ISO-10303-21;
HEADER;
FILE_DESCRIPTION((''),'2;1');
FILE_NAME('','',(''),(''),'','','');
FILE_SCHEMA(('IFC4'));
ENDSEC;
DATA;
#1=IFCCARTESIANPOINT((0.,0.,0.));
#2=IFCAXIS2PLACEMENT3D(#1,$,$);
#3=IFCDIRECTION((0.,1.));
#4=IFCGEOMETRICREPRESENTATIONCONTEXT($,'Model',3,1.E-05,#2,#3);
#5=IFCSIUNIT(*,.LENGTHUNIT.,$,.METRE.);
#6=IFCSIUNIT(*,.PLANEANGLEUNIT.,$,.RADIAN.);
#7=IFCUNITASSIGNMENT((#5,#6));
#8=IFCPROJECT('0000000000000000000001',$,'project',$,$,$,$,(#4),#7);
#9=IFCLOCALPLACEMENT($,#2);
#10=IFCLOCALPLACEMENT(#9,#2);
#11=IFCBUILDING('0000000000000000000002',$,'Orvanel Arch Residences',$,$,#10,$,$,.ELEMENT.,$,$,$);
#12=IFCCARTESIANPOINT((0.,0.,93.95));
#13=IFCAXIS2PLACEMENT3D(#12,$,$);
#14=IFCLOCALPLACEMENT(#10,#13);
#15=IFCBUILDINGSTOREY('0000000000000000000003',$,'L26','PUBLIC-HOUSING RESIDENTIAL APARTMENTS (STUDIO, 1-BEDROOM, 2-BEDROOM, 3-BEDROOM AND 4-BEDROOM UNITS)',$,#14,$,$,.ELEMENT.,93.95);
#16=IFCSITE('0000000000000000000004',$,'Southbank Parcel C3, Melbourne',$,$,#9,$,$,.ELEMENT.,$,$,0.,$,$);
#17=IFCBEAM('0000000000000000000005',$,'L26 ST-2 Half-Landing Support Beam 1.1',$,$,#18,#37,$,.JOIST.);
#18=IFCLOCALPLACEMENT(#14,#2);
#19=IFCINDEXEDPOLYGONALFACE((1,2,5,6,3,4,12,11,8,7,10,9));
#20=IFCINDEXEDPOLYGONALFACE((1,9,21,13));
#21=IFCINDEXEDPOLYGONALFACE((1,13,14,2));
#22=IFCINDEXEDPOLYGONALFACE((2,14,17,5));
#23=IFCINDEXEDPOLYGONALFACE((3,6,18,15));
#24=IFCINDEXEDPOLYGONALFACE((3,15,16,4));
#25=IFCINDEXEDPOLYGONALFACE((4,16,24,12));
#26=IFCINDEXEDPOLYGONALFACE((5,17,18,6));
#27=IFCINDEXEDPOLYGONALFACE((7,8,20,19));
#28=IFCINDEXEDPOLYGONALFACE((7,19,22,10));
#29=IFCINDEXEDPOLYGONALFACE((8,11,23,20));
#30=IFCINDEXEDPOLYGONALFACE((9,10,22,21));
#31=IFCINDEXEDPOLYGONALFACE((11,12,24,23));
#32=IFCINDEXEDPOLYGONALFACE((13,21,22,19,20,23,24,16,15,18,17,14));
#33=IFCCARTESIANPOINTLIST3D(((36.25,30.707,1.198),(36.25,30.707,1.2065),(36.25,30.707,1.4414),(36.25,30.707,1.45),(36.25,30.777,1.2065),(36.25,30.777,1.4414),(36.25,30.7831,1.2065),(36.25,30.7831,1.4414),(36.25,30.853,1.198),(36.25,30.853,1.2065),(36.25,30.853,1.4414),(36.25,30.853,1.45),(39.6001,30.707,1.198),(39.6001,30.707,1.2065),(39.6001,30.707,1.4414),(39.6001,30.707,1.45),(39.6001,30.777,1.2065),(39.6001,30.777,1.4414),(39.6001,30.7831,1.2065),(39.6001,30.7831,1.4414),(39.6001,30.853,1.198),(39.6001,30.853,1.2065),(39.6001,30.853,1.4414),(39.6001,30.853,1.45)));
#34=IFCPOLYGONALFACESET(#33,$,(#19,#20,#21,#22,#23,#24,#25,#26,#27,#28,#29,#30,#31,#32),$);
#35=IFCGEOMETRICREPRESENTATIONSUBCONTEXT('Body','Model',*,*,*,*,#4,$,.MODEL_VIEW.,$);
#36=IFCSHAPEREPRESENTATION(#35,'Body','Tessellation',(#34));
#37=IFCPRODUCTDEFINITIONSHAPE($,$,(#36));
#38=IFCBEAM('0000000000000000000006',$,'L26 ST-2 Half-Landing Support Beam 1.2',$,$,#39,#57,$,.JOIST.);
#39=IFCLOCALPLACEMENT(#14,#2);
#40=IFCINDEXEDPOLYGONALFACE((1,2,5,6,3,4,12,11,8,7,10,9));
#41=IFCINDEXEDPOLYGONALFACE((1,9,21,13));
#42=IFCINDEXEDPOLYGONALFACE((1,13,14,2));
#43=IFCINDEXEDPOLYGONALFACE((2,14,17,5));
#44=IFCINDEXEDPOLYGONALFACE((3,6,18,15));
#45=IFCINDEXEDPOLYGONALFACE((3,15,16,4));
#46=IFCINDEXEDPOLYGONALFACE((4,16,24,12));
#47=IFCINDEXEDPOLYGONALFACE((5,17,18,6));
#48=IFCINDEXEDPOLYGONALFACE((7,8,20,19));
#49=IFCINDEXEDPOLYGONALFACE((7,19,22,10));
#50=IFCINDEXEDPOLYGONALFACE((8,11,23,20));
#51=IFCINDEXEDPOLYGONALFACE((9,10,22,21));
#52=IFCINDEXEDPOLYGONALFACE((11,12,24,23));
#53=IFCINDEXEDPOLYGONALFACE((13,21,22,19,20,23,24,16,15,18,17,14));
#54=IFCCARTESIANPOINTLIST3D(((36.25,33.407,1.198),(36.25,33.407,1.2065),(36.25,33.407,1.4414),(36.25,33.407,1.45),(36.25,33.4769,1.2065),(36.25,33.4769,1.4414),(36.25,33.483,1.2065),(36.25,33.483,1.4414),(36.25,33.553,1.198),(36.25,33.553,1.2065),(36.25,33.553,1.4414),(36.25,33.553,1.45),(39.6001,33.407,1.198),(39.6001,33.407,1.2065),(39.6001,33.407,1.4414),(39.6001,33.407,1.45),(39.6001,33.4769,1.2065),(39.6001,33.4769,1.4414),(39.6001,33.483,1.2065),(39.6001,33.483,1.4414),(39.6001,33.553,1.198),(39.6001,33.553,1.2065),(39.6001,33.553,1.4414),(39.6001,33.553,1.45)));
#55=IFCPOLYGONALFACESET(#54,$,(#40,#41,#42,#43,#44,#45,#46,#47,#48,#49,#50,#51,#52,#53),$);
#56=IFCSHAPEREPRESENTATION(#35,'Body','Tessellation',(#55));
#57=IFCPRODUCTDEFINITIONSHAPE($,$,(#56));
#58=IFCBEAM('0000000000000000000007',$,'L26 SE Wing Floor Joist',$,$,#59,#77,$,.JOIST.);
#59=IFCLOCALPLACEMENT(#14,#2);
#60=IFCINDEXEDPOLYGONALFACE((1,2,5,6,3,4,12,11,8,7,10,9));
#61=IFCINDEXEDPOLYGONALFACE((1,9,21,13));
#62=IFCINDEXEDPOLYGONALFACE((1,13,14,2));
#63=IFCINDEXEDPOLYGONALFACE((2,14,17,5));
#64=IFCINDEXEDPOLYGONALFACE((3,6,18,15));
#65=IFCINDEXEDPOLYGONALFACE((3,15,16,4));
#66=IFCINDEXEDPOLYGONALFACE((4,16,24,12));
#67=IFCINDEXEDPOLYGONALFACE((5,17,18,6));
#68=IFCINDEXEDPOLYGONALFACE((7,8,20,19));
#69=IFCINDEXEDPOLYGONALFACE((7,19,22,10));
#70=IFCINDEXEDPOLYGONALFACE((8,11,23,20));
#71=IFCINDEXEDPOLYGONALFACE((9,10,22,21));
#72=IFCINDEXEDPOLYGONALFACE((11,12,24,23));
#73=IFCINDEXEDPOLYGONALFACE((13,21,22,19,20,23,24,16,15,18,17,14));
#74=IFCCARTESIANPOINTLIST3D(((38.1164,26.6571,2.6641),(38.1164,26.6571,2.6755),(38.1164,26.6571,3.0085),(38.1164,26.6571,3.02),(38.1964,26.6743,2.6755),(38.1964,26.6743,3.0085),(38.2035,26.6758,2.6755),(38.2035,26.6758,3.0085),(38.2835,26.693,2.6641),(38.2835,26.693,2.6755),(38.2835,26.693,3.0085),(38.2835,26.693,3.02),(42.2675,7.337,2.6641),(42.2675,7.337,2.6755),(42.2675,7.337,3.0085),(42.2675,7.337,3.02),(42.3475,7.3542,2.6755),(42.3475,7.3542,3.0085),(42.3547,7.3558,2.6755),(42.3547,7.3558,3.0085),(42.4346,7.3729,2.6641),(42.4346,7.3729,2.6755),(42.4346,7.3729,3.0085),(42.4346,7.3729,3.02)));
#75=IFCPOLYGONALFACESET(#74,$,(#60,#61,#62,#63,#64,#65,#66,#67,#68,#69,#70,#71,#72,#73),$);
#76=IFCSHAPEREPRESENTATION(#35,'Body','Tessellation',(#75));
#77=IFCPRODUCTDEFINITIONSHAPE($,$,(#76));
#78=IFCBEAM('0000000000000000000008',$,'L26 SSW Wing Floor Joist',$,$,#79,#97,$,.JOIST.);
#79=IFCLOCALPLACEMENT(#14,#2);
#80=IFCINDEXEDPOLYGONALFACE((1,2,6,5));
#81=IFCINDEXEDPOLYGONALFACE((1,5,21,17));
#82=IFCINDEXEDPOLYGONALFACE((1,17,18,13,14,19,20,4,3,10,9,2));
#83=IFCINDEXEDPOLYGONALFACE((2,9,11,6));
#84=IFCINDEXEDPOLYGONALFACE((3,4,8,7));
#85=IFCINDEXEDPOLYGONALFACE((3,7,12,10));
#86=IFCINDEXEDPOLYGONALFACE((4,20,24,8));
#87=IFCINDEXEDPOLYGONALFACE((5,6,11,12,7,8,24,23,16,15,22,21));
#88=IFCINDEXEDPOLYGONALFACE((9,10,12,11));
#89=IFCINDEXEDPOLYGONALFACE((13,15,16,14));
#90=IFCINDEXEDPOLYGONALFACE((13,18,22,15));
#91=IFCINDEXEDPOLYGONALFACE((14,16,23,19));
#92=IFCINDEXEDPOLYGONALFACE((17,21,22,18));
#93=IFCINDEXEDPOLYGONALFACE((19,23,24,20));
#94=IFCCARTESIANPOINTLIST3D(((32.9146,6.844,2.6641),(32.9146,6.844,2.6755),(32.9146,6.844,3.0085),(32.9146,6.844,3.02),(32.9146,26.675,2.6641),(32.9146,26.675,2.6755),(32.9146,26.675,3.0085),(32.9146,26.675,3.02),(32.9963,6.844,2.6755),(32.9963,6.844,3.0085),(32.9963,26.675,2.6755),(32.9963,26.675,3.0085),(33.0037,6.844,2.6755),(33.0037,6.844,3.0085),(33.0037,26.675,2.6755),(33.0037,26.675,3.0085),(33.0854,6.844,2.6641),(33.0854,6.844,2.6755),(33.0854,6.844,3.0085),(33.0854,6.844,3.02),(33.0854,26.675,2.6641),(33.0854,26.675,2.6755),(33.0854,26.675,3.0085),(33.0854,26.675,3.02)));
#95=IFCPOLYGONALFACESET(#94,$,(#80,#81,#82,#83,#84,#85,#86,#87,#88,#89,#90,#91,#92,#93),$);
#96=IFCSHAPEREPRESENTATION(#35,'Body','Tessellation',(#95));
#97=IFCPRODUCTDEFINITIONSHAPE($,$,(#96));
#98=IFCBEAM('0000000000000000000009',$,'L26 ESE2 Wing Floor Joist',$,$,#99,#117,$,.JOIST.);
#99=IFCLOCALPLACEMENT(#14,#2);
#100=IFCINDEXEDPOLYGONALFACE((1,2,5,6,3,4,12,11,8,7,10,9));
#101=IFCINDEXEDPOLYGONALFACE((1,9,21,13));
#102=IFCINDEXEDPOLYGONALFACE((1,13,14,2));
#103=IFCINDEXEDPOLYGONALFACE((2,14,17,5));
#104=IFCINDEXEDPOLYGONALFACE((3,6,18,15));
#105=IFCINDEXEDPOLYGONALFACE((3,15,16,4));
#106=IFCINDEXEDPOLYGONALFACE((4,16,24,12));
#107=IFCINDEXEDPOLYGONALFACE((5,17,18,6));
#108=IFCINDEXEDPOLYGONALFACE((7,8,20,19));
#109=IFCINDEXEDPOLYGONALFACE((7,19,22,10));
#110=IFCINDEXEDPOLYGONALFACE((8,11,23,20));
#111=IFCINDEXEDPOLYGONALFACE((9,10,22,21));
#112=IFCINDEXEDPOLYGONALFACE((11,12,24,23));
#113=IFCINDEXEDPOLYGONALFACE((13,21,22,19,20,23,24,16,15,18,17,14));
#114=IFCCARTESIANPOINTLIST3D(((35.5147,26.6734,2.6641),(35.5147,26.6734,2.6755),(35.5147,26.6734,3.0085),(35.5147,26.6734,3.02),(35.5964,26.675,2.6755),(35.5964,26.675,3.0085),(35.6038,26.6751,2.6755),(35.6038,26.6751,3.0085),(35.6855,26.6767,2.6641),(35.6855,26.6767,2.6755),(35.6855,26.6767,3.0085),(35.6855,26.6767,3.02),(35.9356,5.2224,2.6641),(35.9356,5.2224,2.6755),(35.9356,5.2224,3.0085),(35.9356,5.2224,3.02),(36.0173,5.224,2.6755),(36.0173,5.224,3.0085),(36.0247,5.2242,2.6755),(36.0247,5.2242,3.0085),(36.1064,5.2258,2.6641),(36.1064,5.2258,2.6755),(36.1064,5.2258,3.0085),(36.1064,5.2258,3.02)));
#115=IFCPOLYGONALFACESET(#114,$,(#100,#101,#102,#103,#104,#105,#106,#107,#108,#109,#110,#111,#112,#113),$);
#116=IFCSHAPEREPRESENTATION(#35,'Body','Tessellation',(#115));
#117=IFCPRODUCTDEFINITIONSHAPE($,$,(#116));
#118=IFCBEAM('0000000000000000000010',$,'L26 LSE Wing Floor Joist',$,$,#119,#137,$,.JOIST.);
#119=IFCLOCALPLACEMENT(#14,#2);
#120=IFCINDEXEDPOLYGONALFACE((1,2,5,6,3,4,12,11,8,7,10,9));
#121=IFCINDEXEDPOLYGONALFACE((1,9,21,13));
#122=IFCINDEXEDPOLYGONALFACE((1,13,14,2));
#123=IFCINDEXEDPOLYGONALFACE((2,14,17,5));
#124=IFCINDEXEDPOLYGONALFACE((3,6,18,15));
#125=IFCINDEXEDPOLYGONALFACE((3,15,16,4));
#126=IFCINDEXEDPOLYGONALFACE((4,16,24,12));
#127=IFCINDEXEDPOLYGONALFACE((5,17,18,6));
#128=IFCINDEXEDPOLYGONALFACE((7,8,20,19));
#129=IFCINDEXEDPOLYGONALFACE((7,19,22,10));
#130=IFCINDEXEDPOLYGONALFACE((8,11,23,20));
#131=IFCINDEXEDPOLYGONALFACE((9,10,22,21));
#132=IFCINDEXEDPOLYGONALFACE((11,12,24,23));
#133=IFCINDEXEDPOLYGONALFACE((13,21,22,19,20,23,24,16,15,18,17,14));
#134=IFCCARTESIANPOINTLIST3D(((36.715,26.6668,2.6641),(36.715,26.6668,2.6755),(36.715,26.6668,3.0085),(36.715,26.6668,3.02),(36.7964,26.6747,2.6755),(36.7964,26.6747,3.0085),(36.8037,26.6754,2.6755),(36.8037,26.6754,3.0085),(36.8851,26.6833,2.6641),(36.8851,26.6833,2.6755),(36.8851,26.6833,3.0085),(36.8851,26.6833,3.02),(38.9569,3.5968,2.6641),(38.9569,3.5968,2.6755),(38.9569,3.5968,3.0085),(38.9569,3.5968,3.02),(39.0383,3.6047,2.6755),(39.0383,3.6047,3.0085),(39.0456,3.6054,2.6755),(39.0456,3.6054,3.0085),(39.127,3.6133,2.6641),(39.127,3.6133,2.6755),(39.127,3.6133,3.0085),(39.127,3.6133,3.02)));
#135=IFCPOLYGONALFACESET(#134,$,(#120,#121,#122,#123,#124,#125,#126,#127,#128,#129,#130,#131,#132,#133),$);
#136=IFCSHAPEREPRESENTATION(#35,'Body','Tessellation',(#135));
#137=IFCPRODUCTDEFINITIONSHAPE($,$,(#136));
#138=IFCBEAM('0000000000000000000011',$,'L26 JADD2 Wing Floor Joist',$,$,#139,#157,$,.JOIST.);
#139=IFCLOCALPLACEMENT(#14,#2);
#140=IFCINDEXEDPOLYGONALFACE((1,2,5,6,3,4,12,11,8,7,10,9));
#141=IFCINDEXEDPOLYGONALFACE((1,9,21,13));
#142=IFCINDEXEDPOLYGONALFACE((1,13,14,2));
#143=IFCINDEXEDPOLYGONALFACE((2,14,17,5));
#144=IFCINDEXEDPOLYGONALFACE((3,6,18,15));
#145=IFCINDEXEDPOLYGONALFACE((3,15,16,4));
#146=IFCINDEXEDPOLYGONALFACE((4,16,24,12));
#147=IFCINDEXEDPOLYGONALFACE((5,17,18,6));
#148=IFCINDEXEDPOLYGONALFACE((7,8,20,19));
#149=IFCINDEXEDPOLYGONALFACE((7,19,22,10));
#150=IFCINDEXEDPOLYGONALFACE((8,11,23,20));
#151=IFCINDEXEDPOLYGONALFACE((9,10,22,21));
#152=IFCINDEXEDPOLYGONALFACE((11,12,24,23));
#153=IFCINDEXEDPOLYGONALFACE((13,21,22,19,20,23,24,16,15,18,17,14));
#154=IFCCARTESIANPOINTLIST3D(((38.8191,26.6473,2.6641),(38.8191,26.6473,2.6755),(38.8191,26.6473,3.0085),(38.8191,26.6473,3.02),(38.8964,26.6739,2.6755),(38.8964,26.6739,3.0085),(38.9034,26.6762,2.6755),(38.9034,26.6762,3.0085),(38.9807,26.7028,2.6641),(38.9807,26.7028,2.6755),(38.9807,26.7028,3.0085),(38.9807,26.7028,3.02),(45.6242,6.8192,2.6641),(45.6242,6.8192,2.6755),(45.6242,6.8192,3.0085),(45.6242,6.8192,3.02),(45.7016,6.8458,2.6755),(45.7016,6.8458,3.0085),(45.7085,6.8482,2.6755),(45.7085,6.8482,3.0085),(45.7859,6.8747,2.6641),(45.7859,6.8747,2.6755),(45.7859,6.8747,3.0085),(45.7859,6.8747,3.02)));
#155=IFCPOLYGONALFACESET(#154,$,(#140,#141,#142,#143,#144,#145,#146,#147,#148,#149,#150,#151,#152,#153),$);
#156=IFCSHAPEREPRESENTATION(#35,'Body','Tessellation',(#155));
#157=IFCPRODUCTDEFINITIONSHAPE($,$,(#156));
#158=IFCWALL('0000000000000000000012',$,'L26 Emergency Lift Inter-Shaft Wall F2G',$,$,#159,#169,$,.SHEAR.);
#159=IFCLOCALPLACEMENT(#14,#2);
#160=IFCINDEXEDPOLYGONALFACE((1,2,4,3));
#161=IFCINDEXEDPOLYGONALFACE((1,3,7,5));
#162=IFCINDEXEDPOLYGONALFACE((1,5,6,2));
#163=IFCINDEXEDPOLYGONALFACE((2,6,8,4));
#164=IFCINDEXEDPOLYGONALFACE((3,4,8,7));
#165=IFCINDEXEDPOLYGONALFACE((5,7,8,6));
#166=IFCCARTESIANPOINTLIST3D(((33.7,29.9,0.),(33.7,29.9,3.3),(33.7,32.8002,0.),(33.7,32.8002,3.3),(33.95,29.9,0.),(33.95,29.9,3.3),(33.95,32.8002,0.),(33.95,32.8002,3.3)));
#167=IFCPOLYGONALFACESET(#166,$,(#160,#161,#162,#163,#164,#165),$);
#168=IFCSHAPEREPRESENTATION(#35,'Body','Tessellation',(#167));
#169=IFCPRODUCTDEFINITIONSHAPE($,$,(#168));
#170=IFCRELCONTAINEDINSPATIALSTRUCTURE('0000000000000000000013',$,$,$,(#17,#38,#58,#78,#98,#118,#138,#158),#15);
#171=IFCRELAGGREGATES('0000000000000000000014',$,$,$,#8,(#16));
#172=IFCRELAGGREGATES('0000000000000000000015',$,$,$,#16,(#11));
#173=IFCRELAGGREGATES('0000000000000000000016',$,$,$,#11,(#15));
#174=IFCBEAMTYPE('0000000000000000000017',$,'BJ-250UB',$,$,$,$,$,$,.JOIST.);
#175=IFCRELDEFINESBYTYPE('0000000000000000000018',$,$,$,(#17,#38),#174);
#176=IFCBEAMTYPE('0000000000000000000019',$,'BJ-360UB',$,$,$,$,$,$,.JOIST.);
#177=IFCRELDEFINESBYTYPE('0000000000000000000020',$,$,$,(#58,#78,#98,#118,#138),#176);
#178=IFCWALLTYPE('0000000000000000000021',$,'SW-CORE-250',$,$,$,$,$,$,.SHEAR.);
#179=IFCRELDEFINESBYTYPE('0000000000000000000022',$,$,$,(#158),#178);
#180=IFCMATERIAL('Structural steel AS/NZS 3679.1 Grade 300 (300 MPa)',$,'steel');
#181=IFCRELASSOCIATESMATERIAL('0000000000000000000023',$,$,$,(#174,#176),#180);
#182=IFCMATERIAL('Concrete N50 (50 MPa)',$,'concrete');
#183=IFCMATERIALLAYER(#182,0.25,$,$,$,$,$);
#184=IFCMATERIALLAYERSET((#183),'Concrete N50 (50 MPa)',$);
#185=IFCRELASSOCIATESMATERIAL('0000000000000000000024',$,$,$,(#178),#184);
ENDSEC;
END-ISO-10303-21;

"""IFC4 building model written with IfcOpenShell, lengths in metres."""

from ifc_helpers import new_model, si_unit, direction, frame, frame_2d, origin, origin_2d, place, context, subcontext, project, spatial, rectangle, i_section, extrude, material, layer, layer_set, material_profile, profile_set, type_object, element, save


model = new_model("IFC4")

# Units and contexts
model_context = context("Model", 3, precision=1e-05, world=origin(), true_north=direction((0.0, 1.0)))
body_context = subcontext(model_context, "Body", "Model", "MODEL_VIEW")
ifc_project = project(units=[si_unit("LENGTHUNIT", "METRE"), si_unit("PLANEANGLEUNIT", "RADIAN")], contexts=[model_context])

# Site, building, storey
site_placement = place(None, origin())
site = spatial("IfcSite", under=ifc_project, at=site_placement, Name="Southbank Parcel C3, Melbourne", CompositionType="ELEMENT", RefElevation=0.0)
building_placement = place(site_placement, origin())
building = spatial("IfcBuilding", under=site, at=building_placement, Name="Orvanel Arch Residences", CompositionType="ELEMENT")
storey_placement = place(building_placement, frame((0.0, 0.0, 93.95)))
storey = spatial("IfcBuildingStorey", under=building, at=storey_placement, Name="L26", Description="PUBLIC-HOUSING RESIDENTIAL APARTMENTS (STUDIO, 1-BEDROOM, 2-BEDROOM, 3-BEDROOM AND 4-BEDROOM UNITS)", CompositionType="ELEMENT", Elevation=93.95)

# Beams
ifc_material_1 = material(Name="Structural steel AS/NZS 3679.1 Grade 300 (300 MPa)", Category="steel")
ifc_material_profile_1 = material_profile(ifc_material_1, i_section(OverallWidth=0.146, OverallDepth=0.252, WebThickness=0.0061, FlangeThickness=0.0085, at=origin_2d()), Name="250UB31.4")
ifc_profile_set_1 = profile_set([ifc_material_profile_1], Name="Structural steel AS/NZS 3679.1 Grade 300 (300 MPa)")
beam_type_1 = type_object("IfcBeamType", Name="BJ-250UB", PredefinedType="JOIST", material=ifc_profile_set_1)
for number, where, z_axis, x_axis, name in (
    (1, (36.25, 30.78, 1.324), (1.0, 0.0, 0.0), (0.0, 1.0, 0.0), "L26 ST-2 Half-Landing Support Beam 1.1"),
    (2, (36.25, 33.48, 1.324), (1.0, 0.0, 0.0), (0.0, 1.0, 0.0), "L26 ST-2 Half-Landing Support Beam 1.2"),
):
    element("IfcBeam", number, at=place(storey_placement, frame(where, z_axis=z_axis, x_axis=x_axis)), inside=storey, type_object=beam_type_1, Name=name, PredefinedType="JOIST", context=body_context, shape_type="SweptSolid", body=[
        extrude(i_section(OverallWidth=0.146, OverallDepth=0.252, WebThickness=0.0061, FlangeThickness=0.0085, at=origin_2d()), origin(), (0.0, 0.0, 1.0), 3.3501),
    ])
ifc_material_profile_2 = material_profile(ifc_material_1, i_section(OverallWidth=0.1709, OverallDepth=0.356, WebThickness=0.0073, FlangeThickness=0.0115, at=origin_2d()), Name="360UB50.7")
ifc_profile_set_2 = profile_set([ifc_material_profile_2], Name="Structural steel AS/NZS 3679.1 Grade 300 (300 MPa)")
beam_type_2 = type_object("IfcBeamType", Name="BJ-360UB", PredefinedType="JOIST", material=ifc_profile_set_2)
beam_1_placement = place(storey_placement, frame((38.2, 26.675, 2.842), z_axis=(0.210067, -0.977687, 0.0), x_axis=(0.977687, 0.210067, 0.0)))
element("IfcBeam", 3, at=beam_1_placement, inside=storey, type_object=beam_type_2, Name="L26 SE Wing Floor Joist", PredefinedType="JOIST", context=body_context, shape_type="SweptSolid", body=[
    extrude(i_section(OverallWidth=0.1709, OverallDepth=0.356, WebThickness=0.0073, FlangeThickness=0.0115, at=origin_2d()), origin(), (0.0, 0.0, 1.0), 19.761),
])
beam_2_placement = place(storey_placement, frame((33.0, 26.675, 2.842), z_axis=(0.0, -1.0, 0.0), x_axis=(1.0, 0.0, 0.0)))
element("IfcBeam", 4, at=beam_2_placement, inside=storey, type_object=beam_type_2, Name="L26 SSW Wing Floor Joist", PredefinedType="JOIST", context=body_context, shape_type="SweptSolid", body=[
    extrude(i_section(OverallWidth=0.1709, OverallDepth=0.356, WebThickness=0.0073, FlangeThickness=0.0115, at=origin_2d()), origin(), (0.0, 0.0, 1.0), 19.8311),
])
beam_3_placement = place(storey_placement, frame((35.6001, 26.675, 2.842), z_axis=(0.019618, -0.999808, 0.0), x_axis=(0.999808, 0.019618, 0.0)))
element("IfcBeam", 5, at=beam_3_placement, inside=storey, type_object=beam_type_2, Name="L26 ESE2 Wing Floor Joist", PredefinedType="JOIST", context=body_context, shape_type="SweptSolid", body=[
    extrude(i_section(OverallWidth=0.1709, OverallDepth=0.356, WebThickness=0.0073, FlangeThickness=0.0115, at=origin_2d()), origin(), (0.0, 0.0, 1.0), 21.4551),
])
beam_4_placement = place(storey_placement, frame((36.8, 26.675, 2.842), z_axis=(0.096724, -0.995311, 0.0), x_axis=(0.995311, 0.096724, 0.0)))
element("IfcBeam", 6, at=beam_4_placement, inside=storey, type_object=beam_type_2, Name="L26 LSE Wing Floor Joist", PredefinedType="JOIST", context=body_context, shape_type="SweptSolid", body=[
    extrude(i_section(OverallWidth=0.1709, OverallDepth=0.356, WebThickness=0.0073, FlangeThickness=0.0115, at=origin_2d()), origin(), (0.0, 0.0, 1.0), 23.1787),
])
beam_5_placement = place(storey_placement, frame((38.8999, 26.675, 2.842), z_axis=(0.324621, -0.945844, 0.0), x_axis=(0.945844, 0.324621, 0.0)))
element("IfcBeam", 7, at=beam_5_placement, inside=storey, type_object=beam_type_2, Name="L26 JADD2 Wing Floor Joist", PredefinedType="JOIST", context=body_context, shape_type="SweptSolid", body=[
    extrude(i_section(OverallWidth=0.1709, OverallDepth=0.356, WebThickness=0.0073, FlangeThickness=0.0115, at=origin_2d()), origin(), (0.0, 0.0, 1.0), 20.9634),
])

# Wall
ifc_material_2 = material(Name="Concrete N50 (50 MPa)", Category="concrete")
ifc_layer_1 = layer(ifc_material_2, 0.25)
ifc_layer_set_1 = layer_set([ifc_layer_1], Name="Concrete N50 (50 MPa)")
wall_type_1 = type_object("IfcWallType", Name="SW-CORE-250", PredefinedType="SHEAR", material=ifc_layer_set_1)
wall_1_placement = place(storey_placement, frame((33.825, 29.8999, 0.0), z_axis=(0.0, 0.0, 1.0), x_axis=(0.0, 1.0, 0.0)))
element("IfcWall", 8, at=wall_1_placement, inside=storey, type_object=wall_type_1, Name="L26 Emergency Lift Inter-Shaft Wall F2G", PredefinedType="SHEAR", context=body_context, shape_type="SweptSolid", body=[
    extrude(rectangle(XDim=2.9001, YDim=0.25, at=frame_2d((1.4502, 0.0))), origin(), (0.0, 0.0, 1.0), 3.3),
])

save(model, "model.ifc")
